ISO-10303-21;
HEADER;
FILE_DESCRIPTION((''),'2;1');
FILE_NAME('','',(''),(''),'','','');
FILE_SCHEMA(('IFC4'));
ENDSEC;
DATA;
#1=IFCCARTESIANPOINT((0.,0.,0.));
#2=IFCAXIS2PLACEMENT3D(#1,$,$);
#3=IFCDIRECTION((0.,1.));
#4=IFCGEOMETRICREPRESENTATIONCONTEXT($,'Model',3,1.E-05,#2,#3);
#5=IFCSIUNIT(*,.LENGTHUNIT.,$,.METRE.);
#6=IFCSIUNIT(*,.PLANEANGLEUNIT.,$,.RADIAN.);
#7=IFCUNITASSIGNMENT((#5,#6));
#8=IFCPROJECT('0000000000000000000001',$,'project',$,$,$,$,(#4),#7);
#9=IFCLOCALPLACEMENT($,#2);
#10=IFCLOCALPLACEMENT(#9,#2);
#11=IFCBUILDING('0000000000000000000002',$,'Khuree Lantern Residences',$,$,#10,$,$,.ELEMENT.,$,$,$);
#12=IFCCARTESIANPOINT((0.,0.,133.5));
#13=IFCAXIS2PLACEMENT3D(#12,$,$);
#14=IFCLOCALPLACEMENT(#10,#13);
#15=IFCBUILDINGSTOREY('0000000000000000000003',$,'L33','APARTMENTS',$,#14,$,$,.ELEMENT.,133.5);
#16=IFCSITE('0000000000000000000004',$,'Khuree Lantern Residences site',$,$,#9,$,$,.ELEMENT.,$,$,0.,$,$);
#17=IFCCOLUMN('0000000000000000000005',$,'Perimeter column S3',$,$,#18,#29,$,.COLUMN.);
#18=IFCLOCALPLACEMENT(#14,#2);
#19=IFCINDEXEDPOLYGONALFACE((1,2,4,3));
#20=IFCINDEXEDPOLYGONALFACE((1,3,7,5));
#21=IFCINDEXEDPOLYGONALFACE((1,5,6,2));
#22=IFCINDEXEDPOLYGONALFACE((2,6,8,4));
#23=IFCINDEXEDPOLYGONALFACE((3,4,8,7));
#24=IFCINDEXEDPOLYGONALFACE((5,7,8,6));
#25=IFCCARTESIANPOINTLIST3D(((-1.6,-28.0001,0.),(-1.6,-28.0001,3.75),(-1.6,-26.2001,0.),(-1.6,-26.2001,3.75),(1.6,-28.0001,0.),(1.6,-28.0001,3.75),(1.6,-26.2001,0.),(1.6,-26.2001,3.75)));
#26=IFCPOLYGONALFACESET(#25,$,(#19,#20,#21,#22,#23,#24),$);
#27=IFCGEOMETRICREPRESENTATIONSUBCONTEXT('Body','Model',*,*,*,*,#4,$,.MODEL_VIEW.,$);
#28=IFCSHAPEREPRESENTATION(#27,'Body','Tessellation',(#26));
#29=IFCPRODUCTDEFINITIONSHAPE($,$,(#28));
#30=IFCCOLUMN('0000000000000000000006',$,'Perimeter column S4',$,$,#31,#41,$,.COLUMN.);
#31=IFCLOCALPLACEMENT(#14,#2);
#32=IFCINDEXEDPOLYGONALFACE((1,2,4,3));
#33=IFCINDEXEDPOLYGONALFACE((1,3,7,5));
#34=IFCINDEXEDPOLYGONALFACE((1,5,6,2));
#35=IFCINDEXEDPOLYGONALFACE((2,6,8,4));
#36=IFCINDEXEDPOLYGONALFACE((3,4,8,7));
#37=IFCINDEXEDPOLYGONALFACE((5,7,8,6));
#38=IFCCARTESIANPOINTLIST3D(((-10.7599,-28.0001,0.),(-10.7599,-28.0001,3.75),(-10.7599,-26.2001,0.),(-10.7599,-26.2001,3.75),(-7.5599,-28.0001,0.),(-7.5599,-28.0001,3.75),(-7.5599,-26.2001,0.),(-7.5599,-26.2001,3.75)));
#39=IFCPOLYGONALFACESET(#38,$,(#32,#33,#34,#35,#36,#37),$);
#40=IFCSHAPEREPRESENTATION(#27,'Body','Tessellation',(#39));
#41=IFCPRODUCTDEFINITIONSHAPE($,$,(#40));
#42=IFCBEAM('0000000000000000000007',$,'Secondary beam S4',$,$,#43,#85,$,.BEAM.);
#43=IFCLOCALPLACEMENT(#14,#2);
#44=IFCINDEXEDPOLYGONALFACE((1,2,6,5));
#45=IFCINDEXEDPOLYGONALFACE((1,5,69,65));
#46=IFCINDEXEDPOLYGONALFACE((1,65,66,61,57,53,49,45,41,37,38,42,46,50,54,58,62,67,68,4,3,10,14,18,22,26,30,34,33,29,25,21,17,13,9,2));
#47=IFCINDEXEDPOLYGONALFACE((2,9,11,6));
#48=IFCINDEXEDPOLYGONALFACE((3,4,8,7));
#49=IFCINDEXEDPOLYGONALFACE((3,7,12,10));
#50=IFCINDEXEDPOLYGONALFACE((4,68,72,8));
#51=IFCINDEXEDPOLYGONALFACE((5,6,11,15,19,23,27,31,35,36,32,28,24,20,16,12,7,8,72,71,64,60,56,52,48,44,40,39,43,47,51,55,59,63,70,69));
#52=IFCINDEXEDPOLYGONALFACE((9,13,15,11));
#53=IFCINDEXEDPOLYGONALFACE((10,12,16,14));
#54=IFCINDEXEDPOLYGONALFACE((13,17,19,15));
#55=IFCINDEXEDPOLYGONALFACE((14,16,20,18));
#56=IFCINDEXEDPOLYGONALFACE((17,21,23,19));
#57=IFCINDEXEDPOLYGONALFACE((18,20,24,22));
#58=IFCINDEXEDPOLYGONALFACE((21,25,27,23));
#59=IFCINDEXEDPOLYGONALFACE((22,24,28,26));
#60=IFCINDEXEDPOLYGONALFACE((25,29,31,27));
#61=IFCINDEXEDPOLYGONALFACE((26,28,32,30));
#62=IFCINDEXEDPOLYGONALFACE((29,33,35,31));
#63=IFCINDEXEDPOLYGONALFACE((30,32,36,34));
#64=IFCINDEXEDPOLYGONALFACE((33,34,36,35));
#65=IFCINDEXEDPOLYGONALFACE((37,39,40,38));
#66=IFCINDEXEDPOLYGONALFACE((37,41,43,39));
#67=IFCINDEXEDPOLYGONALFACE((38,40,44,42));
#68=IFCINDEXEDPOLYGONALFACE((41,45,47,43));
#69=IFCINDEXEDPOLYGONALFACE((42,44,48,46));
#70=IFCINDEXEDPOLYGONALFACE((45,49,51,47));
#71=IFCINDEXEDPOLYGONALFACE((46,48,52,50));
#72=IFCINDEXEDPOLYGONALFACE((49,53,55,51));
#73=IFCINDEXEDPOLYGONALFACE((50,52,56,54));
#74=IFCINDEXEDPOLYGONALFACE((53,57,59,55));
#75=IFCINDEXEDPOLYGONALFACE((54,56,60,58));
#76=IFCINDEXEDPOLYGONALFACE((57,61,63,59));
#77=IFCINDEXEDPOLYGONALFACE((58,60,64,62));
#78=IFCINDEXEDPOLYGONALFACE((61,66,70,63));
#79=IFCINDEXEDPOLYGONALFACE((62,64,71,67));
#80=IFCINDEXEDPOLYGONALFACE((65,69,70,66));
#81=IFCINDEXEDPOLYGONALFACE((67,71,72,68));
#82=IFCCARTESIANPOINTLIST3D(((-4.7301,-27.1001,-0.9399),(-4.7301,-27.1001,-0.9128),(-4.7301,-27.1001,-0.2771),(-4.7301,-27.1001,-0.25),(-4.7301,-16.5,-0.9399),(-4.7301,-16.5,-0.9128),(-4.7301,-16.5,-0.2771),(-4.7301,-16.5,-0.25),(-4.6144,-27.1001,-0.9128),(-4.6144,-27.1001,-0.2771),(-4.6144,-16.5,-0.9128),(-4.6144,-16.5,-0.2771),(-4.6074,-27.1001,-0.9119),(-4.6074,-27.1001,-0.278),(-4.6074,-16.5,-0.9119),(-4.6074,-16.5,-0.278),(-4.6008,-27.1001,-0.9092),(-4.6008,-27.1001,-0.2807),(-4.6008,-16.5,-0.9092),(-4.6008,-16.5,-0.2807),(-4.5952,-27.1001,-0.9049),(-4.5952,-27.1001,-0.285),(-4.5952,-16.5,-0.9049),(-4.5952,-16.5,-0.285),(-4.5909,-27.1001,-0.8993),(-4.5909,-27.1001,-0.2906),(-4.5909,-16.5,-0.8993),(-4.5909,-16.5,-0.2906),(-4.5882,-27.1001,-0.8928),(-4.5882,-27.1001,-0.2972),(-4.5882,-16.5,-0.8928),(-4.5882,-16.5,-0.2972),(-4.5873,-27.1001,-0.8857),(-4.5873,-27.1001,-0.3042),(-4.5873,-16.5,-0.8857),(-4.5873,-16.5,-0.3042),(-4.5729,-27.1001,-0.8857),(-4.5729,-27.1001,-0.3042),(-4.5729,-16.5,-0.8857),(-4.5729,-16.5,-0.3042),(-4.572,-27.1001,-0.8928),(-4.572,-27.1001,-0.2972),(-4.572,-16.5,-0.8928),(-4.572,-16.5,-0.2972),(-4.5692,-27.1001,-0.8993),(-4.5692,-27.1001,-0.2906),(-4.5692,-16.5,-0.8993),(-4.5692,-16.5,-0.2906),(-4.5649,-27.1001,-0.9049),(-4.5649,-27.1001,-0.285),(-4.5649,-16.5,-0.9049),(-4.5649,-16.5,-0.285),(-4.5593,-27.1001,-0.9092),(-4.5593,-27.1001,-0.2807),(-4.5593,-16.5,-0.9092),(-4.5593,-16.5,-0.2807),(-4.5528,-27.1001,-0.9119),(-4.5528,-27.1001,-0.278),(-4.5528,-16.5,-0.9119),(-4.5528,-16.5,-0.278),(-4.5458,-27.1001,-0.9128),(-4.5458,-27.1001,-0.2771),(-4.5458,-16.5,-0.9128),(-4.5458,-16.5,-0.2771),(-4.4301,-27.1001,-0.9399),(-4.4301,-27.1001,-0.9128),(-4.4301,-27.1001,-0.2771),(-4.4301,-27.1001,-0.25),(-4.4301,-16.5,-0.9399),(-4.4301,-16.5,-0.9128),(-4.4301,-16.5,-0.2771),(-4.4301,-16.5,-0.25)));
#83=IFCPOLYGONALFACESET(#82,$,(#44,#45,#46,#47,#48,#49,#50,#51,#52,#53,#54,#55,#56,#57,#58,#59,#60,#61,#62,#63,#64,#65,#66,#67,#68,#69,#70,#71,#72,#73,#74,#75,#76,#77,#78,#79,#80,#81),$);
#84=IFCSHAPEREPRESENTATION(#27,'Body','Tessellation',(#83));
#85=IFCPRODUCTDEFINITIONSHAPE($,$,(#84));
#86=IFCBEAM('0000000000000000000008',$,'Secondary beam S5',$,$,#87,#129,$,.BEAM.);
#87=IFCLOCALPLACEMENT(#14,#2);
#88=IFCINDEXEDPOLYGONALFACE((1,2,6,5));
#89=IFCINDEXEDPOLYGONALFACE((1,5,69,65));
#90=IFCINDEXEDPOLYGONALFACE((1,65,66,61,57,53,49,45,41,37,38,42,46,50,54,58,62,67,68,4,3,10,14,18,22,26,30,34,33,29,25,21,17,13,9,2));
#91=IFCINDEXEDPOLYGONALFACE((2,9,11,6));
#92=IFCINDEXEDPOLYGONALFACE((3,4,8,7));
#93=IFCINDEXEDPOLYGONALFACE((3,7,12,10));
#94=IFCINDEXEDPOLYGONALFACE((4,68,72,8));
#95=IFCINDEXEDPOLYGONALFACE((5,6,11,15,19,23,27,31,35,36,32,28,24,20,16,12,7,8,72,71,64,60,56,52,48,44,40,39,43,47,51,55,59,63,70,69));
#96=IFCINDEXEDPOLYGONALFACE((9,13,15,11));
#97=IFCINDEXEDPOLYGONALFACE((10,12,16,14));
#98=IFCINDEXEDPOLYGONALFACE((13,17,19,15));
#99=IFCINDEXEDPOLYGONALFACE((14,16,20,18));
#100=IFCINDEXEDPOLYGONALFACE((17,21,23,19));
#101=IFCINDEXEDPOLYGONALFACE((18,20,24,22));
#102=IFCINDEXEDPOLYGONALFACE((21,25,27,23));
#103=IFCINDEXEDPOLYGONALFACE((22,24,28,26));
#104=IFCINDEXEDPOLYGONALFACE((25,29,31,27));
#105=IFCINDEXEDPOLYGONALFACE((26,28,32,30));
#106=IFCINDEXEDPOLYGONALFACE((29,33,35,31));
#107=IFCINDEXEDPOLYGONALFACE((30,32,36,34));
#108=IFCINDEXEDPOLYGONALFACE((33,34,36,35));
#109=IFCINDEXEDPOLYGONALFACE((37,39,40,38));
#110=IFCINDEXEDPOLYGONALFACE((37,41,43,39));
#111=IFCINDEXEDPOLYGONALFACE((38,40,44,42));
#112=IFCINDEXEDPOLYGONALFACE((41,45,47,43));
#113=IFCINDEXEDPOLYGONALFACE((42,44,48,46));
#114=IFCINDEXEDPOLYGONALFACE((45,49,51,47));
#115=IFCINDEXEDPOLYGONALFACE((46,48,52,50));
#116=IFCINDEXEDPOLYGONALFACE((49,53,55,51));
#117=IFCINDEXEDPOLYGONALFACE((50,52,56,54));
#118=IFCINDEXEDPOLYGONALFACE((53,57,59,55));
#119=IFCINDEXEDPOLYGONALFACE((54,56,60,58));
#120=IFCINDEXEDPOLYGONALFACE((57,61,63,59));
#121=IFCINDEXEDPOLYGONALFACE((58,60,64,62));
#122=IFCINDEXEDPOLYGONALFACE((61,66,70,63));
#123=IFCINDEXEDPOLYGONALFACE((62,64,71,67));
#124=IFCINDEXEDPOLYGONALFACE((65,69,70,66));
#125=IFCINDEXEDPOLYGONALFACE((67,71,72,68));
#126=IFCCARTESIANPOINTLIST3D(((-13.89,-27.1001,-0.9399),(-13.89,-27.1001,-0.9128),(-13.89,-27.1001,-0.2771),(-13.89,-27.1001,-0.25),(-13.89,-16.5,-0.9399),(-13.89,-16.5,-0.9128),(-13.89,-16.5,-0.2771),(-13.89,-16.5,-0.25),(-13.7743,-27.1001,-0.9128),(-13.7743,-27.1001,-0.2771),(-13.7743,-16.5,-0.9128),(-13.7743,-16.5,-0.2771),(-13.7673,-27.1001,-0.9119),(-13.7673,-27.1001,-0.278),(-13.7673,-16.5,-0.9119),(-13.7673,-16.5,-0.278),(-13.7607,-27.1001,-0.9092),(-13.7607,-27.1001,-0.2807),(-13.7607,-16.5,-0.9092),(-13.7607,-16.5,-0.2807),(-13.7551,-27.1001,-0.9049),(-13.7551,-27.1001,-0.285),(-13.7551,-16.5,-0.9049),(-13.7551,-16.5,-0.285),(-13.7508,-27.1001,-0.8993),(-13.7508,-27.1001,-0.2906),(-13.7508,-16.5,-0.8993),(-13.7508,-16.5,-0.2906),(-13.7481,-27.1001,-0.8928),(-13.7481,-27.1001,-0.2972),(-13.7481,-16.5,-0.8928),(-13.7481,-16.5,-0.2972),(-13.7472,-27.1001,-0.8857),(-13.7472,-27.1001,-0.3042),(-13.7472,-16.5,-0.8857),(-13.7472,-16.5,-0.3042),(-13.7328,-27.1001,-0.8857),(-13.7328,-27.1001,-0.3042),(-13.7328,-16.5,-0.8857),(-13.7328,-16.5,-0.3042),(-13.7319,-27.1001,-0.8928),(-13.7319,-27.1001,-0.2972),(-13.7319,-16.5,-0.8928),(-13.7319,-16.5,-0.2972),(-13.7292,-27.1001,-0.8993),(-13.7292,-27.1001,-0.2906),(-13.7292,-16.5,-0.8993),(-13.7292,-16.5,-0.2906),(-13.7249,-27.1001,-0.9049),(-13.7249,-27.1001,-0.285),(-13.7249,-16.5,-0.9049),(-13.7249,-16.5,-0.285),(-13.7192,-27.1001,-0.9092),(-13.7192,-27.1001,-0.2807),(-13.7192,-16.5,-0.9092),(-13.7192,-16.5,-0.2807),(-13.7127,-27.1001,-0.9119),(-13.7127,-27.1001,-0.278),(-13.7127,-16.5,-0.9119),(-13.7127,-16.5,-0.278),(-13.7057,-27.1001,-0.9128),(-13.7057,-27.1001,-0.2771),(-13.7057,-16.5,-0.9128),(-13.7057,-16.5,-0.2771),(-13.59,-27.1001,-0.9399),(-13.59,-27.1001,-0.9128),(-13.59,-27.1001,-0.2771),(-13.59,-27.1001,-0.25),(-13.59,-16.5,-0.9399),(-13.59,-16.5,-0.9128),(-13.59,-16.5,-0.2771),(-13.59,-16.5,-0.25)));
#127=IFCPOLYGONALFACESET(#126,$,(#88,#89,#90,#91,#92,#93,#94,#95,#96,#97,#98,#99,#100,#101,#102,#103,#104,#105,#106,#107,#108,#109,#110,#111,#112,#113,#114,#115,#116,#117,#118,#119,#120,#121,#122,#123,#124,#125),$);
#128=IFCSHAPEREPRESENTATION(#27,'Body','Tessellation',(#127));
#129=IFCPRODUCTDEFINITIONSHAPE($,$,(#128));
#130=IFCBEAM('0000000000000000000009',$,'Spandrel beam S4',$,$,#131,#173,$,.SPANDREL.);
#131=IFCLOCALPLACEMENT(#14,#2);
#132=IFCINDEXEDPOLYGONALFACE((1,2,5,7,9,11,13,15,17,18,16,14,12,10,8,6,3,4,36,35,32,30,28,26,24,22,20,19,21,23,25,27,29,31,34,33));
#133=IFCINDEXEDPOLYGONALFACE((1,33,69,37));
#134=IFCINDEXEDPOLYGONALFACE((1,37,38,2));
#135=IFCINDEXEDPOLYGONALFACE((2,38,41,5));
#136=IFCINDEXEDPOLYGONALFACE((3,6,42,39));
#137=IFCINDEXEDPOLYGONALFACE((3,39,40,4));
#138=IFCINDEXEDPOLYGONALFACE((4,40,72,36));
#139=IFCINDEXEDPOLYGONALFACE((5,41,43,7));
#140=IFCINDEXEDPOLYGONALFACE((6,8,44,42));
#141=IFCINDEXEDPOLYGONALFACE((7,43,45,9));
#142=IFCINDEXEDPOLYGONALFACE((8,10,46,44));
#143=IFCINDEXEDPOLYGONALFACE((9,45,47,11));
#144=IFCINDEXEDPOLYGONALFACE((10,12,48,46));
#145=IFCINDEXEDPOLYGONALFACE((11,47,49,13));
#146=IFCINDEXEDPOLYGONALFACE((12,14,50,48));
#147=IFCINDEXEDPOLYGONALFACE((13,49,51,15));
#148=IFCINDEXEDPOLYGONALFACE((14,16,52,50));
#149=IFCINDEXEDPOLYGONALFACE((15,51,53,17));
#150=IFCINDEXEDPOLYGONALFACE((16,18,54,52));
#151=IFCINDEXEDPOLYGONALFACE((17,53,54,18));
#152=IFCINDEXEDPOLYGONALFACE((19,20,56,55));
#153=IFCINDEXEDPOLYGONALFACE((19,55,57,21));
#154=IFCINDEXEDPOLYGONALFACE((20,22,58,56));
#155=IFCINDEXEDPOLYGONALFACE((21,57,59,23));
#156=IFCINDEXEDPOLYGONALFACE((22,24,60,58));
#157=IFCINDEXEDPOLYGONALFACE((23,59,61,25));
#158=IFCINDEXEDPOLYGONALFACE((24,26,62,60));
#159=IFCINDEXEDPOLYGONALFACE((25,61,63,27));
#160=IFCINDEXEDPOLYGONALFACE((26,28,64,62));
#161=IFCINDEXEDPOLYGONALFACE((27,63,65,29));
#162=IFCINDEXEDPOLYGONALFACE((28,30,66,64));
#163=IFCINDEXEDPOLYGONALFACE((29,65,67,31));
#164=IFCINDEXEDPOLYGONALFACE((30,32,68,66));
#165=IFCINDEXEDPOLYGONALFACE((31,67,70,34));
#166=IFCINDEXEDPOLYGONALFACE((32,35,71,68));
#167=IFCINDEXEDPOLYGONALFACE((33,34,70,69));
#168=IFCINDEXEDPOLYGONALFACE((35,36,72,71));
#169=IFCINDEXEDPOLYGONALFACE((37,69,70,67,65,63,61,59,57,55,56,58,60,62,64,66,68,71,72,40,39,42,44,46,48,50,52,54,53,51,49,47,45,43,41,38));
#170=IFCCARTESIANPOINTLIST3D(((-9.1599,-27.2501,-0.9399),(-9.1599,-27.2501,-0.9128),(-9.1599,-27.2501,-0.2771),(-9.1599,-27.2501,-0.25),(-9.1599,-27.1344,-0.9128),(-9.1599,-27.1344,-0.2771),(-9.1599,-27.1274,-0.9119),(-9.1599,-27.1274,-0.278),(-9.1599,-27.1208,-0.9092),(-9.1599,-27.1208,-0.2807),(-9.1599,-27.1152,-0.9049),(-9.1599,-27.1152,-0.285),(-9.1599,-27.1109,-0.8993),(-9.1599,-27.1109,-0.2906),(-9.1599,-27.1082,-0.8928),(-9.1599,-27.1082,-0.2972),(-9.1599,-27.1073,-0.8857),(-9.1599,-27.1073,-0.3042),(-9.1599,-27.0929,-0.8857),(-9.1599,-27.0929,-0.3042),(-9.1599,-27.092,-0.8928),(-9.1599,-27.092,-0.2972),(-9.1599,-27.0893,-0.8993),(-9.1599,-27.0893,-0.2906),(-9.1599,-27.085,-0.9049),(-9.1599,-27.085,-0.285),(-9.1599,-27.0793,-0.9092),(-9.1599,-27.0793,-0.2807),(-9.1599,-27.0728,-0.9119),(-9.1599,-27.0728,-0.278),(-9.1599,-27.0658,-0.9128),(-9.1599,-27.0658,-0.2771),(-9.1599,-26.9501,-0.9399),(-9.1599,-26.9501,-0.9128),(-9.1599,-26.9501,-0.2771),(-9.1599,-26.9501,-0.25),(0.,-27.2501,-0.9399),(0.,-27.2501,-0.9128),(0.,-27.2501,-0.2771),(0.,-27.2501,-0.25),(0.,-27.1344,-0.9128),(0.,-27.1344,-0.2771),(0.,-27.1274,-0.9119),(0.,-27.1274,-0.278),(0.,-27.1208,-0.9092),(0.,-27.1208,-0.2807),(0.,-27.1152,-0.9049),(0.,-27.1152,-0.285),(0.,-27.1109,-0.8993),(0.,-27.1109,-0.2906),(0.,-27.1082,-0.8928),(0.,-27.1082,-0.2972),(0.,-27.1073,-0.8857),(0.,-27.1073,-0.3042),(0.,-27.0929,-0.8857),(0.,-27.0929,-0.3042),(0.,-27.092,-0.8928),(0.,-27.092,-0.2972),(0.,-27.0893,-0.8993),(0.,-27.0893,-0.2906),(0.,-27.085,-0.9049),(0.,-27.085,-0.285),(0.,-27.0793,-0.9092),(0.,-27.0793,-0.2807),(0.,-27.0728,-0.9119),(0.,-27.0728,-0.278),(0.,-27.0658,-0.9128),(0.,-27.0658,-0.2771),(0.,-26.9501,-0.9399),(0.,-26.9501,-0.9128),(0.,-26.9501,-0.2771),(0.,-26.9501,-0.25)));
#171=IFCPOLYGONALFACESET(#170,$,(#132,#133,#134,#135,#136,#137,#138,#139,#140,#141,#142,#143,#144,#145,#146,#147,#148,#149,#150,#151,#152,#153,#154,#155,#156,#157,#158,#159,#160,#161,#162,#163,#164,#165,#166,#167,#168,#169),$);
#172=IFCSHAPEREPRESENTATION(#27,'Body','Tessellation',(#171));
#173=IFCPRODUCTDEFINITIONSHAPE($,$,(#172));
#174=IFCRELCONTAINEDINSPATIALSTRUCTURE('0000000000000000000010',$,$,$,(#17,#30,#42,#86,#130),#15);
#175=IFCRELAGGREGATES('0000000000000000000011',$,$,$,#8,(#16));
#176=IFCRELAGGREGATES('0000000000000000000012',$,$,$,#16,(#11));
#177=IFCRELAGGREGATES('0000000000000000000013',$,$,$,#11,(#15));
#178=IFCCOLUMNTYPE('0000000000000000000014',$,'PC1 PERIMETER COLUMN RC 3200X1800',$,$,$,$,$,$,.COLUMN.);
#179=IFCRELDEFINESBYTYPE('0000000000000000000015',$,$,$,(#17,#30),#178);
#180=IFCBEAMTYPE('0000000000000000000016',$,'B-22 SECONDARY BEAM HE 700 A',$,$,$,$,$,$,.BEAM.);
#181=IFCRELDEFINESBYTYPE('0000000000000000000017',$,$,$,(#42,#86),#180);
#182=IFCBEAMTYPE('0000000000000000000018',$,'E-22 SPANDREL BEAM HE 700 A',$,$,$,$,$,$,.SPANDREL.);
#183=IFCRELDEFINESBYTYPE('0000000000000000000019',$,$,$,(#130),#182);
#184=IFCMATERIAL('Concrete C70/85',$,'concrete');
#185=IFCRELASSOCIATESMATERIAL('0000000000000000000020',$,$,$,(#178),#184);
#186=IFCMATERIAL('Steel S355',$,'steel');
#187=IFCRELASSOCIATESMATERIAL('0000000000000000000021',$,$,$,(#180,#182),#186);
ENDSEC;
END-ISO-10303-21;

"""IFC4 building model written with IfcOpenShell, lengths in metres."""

from ifc_helpers import new_model, si_unit, direction, frame, origin, origin_2d, place, context, subcontext, project, spatial, rectangle, i_section, extrude, material, material_profile, profile_set, type_object, element, save


model = new_model("IFC4")

# Units and contexts
model_context = context("Model", 3, precision=1e-05, world=origin(), true_north=direction((0.0, 1.0)))
body_context = subcontext(model_context, "Body", "Model", "MODEL_VIEW")
ifc_project = project(units=[si_unit("LENGTHUNIT", "METRE"), si_unit("PLANEANGLEUNIT", "RADIAN")], contexts=[model_context])

# Site, building, storey
site_placement = place(None, origin())
site = spatial("IfcSite", under=ifc_project, at=site_placement, Name="Khuree Lantern Residences site", CompositionType="ELEMENT", RefElevation=0.0)
building_placement = place(site_placement, origin())
building = spatial("IfcBuilding", under=site, at=building_placement, Name="Khuree Lantern Residences", CompositionType="ELEMENT")
storey_placement = place(building_placement, frame((0.0, 0.0, 133.5)))
storey = spatial("IfcBuildingStorey", under=building, at=storey_placement, Name="L33", Description="APARTMENTS", CompositionType="ELEMENT", Elevation=133.5)

# Columns
ifc_material_1 = material(Name="Concrete C70/85", Category="concrete")
ifc_material_profile_1 = material_profile(ifc_material_1, rectangle(XDim=3.2, YDim=1.8, at=origin_2d()), Name="RC 3200X1800")
ifc_profile_set_1 = profile_set([ifc_material_profile_1], Name="Concrete C70/85")
column_type = type_object("IfcColumnType", Name="PC1 PERIMETER COLUMN RC 3200X1800", PredefinedType="COLUMN", material=ifc_profile_set_1)
for number, where, z_axis, x_axis, name in (
    (1, (0.0, -27.1001, 0.0), (0.0, 0.0, 1.0), (1.0, 0.0, 0.0), "Perimeter column S3"),
    (2, (-9.1599, -27.1001, 0.0), (0.0, 0.0, 1.0), (1.0, 0.0, 0.0), "Perimeter column S4"),
):
    element("IfcColumn", number, at=place(storey_placement, frame(where, z_axis=z_axis, x_axis=x_axis)), inside=storey, type_object=column_type, Name=name, PredefinedType="COLUMN", context=body_context, shape_type="SweptSolid", body=[
        extrude(rectangle(XDim=3.2, YDim=1.8, at=origin_2d()), origin(), (0.0, 0.0, 1.0), 3.75),
    ])

# Beams
ifc_material_2 = material(Name="Steel S355", Category="steel")
ifc_material_profile_2 = material_profile(ifc_material_2, i_section(OverallWidth=0.3, OverallDepth=0.6899, WebThickness=0.0144, FlangeThickness=0.0271, FilletRadius=0.0271, at=origin_2d()), Name="HE 700 A")
ifc_profile_set_2 = profile_set([ifc_material_profile_2], Name="Steel S355")
beam_type_1 = type_object("IfcBeamType", Name="B-22 SECONDARY BEAM HE 700 A", PredefinedType="BEAM", material=ifc_profile_set_2)
for number, where, z_axis, x_axis, name in (
    (3, (-4.5801, -27.1001, -0.595), (0.0, 1.0, 0.0), (-1.0, 0.0, 0.0), "Secondary beam S4"),
    (4, (-13.74, -27.1001, -0.595), (0.0, 1.0, 0.0), (-1.0, 0.0, 0.0), "Secondary beam S5"),
):
    element("IfcBeam", number, at=place(storey_placement, frame(where, z_axis=z_axis, x_axis=x_axis)), inside=storey, type_object=beam_type_1, Name=name, PredefinedType="BEAM", context=body_context, shape_type="SweptSolid", body=[
        extrude(i_section(OverallWidth=0.3, OverallDepth=0.6899, WebThickness=0.0144, FlangeThickness=0.0271, FilletRadius=0.0271, at=origin_2d()), origin(), (0.0, 0.0, 1.0), 10.6001),
    ])
ifc_material_profile_3 = material_profile(ifc_material_2, i_section(OverallWidth=0.3, OverallDepth=0.6899, WebThickness=0.0144, FlangeThickness=0.0271, FilletRadius=0.0271, at=origin_2d()), Name="HE 700 A")
ifc_profile_set_3 = profile_set([ifc_material_profile_3], Name="Steel S355")
beam_type_2 = type_object("IfcBeamType", Name="E-22 SPANDREL BEAM HE 700 A", PredefinedType="SPANDREL", material=ifc_profile_set_3)
beam_1_placement = place(storey_placement, frame((0.0, -27.1001, -0.595), z_axis=(-1.0, 0.0, 0.0), x_axis=(0.0, -1.0, 0.0)))
element("IfcBeam", 5, at=beam_1_placement, inside=storey, type_object=beam_type_2, Name="Spandrel beam S4", PredefinedType="SPANDREL", context=body_context, shape_type="SweptSolid", body=[
    extrude(i_section(OverallWidth=0.3, OverallDepth=0.6899, WebThickness=0.0144, FlangeThickness=0.0271, FilletRadius=0.0271, at=origin_2d()), origin(), (0.0, 0.0, 1.0), 9.1599),
])

save(model, "model.ifc")
